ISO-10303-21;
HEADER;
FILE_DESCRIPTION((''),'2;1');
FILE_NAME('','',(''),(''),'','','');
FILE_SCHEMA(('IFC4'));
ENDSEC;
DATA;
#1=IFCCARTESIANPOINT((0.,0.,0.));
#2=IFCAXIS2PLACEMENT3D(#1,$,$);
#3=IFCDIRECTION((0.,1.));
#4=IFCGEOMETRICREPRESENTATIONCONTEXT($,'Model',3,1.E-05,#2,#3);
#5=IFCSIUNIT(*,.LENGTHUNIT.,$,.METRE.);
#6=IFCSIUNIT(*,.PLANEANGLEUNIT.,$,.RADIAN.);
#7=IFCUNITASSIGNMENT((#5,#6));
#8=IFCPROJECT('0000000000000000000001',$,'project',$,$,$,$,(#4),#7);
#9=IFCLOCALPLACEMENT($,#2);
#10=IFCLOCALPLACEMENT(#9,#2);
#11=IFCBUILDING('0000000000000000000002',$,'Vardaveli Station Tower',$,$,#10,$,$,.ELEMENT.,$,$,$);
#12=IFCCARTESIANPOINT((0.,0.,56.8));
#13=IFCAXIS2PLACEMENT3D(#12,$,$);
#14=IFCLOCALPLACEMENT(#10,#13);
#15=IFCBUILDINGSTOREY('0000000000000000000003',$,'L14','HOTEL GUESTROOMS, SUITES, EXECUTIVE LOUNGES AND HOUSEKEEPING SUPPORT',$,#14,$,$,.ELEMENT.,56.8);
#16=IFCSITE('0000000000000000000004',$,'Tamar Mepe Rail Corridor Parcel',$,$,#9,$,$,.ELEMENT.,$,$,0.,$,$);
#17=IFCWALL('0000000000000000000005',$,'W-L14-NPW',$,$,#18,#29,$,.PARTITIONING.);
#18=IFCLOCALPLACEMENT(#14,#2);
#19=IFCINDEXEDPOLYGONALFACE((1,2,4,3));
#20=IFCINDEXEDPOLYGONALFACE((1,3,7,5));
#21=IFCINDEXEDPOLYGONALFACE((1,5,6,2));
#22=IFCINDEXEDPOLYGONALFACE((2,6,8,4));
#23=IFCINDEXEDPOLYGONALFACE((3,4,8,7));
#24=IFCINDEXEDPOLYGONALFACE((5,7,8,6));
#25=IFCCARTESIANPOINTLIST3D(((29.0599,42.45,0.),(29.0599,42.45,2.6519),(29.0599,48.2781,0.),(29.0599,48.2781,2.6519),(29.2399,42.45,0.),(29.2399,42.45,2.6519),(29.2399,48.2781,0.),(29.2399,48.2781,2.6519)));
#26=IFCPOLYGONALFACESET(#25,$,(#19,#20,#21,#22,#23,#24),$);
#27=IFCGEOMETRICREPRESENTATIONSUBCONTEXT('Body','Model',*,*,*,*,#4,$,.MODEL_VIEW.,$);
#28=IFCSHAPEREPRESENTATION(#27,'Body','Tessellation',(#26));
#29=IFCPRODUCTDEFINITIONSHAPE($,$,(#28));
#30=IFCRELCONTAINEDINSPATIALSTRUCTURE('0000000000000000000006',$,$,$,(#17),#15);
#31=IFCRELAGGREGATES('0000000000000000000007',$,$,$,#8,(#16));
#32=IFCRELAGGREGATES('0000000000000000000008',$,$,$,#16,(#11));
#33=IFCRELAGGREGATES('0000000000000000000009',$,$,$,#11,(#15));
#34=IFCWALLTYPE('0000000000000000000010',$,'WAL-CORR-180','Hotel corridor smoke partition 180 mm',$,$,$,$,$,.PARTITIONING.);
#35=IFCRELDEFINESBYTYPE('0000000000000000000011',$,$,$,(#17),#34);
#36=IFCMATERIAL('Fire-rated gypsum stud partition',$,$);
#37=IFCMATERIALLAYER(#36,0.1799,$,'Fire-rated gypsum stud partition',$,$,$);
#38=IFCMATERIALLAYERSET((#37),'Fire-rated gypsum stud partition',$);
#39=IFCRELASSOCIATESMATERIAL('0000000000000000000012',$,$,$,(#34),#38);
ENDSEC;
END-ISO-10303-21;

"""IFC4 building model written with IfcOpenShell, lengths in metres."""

from ifc_helpers import new_model, si_unit, direction, frame, frame_2d, origin, place, context, subcontext, project, spatial, rectangle, extrude, source, transform, mapped, material, layer, layer_set, type_object, element, save


model = new_model("IFC4")

# Units and contexts
model_context = context("Model", 3, precision=1e-05, world=origin(), true_north=direction((0.0, 1.0)))
body_context = subcontext(model_context, "Body", "Model", "MODEL_VIEW")
ifc_project = project(units=[si_unit("LENGTHUNIT", "METRE"), si_unit("PLANEANGLEUNIT", "RADIAN")], contexts=[model_context])

# Site, building, storey
site_placement = place(None, origin())
site = spatial("IfcSite", under=ifc_project, at=site_placement, Name="Tamar Mepe Rail Corridor Parcel", CompositionType="ELEMENT", RefElevation=0.0)
building_placement = place(site_placement, origin())
building = spatial("IfcBuilding", under=site, at=building_placement, Name="Vardaveli Station Tower", CompositionType="ELEMENT")
storey_placement = place(building_placement, frame((0.0, 0.0, 56.8)))
storey = spatial("IfcBuildingStorey", under=building, at=storey_placement, Name="L14", Description="HOTEL GUESTROOMS, SUITES, EXECUTIVE LOUNGES AND HOUSEKEEPING SUPPORT", CompositionType="ELEMENT", Elevation=56.8)

# Shared definitions
ifc_material_1 = material(Name="Fire-rated gypsum stud partition")
ifc_layer_1 = layer(ifc_material_1, 0.1799, Name="Fire-rated gypsum stud partition")
ifc_layer_set_1 = layer_set([ifc_layer_1], Name="Fire-rated gypsum stud partition")
wall_type_1 = type_object("IfcWallType", Name="WAL-CORR-180", Description="Hotel corridor smoke partition 180 mm", PredefinedType="PARTITIONING", material=ifc_layer_set_1)

# Wall
shared_shape_1 = source(origin(), body_context, "Body", "SweptSolid", [
    extrude(rectangle(XDim=5.8281, YDim=0.1799, at=frame_2d((2.9141, 0.0))), origin(), (0.0, 0.0, 1.0), 2.6519),
])
wall_1_placement = place(storey_placement, frame((29.1499, 42.45, 0.0), z_axis=(0.0, 0.0, 1.0), x_axis=(0.0, 1.0, 0.0)))
element("IfcWall", 1, at=wall_1_placement, inside=storey, type_object=wall_type_1, Name="W-L14-NPW", PredefinedType="PARTITIONING", context=body_context, shape_type="MappedRepresentation", body=[
    mapped(shared_shape_1, transform((0.0, 0.0, 0.0), scale=1.0)),
])

save(model, "model.ifc")
